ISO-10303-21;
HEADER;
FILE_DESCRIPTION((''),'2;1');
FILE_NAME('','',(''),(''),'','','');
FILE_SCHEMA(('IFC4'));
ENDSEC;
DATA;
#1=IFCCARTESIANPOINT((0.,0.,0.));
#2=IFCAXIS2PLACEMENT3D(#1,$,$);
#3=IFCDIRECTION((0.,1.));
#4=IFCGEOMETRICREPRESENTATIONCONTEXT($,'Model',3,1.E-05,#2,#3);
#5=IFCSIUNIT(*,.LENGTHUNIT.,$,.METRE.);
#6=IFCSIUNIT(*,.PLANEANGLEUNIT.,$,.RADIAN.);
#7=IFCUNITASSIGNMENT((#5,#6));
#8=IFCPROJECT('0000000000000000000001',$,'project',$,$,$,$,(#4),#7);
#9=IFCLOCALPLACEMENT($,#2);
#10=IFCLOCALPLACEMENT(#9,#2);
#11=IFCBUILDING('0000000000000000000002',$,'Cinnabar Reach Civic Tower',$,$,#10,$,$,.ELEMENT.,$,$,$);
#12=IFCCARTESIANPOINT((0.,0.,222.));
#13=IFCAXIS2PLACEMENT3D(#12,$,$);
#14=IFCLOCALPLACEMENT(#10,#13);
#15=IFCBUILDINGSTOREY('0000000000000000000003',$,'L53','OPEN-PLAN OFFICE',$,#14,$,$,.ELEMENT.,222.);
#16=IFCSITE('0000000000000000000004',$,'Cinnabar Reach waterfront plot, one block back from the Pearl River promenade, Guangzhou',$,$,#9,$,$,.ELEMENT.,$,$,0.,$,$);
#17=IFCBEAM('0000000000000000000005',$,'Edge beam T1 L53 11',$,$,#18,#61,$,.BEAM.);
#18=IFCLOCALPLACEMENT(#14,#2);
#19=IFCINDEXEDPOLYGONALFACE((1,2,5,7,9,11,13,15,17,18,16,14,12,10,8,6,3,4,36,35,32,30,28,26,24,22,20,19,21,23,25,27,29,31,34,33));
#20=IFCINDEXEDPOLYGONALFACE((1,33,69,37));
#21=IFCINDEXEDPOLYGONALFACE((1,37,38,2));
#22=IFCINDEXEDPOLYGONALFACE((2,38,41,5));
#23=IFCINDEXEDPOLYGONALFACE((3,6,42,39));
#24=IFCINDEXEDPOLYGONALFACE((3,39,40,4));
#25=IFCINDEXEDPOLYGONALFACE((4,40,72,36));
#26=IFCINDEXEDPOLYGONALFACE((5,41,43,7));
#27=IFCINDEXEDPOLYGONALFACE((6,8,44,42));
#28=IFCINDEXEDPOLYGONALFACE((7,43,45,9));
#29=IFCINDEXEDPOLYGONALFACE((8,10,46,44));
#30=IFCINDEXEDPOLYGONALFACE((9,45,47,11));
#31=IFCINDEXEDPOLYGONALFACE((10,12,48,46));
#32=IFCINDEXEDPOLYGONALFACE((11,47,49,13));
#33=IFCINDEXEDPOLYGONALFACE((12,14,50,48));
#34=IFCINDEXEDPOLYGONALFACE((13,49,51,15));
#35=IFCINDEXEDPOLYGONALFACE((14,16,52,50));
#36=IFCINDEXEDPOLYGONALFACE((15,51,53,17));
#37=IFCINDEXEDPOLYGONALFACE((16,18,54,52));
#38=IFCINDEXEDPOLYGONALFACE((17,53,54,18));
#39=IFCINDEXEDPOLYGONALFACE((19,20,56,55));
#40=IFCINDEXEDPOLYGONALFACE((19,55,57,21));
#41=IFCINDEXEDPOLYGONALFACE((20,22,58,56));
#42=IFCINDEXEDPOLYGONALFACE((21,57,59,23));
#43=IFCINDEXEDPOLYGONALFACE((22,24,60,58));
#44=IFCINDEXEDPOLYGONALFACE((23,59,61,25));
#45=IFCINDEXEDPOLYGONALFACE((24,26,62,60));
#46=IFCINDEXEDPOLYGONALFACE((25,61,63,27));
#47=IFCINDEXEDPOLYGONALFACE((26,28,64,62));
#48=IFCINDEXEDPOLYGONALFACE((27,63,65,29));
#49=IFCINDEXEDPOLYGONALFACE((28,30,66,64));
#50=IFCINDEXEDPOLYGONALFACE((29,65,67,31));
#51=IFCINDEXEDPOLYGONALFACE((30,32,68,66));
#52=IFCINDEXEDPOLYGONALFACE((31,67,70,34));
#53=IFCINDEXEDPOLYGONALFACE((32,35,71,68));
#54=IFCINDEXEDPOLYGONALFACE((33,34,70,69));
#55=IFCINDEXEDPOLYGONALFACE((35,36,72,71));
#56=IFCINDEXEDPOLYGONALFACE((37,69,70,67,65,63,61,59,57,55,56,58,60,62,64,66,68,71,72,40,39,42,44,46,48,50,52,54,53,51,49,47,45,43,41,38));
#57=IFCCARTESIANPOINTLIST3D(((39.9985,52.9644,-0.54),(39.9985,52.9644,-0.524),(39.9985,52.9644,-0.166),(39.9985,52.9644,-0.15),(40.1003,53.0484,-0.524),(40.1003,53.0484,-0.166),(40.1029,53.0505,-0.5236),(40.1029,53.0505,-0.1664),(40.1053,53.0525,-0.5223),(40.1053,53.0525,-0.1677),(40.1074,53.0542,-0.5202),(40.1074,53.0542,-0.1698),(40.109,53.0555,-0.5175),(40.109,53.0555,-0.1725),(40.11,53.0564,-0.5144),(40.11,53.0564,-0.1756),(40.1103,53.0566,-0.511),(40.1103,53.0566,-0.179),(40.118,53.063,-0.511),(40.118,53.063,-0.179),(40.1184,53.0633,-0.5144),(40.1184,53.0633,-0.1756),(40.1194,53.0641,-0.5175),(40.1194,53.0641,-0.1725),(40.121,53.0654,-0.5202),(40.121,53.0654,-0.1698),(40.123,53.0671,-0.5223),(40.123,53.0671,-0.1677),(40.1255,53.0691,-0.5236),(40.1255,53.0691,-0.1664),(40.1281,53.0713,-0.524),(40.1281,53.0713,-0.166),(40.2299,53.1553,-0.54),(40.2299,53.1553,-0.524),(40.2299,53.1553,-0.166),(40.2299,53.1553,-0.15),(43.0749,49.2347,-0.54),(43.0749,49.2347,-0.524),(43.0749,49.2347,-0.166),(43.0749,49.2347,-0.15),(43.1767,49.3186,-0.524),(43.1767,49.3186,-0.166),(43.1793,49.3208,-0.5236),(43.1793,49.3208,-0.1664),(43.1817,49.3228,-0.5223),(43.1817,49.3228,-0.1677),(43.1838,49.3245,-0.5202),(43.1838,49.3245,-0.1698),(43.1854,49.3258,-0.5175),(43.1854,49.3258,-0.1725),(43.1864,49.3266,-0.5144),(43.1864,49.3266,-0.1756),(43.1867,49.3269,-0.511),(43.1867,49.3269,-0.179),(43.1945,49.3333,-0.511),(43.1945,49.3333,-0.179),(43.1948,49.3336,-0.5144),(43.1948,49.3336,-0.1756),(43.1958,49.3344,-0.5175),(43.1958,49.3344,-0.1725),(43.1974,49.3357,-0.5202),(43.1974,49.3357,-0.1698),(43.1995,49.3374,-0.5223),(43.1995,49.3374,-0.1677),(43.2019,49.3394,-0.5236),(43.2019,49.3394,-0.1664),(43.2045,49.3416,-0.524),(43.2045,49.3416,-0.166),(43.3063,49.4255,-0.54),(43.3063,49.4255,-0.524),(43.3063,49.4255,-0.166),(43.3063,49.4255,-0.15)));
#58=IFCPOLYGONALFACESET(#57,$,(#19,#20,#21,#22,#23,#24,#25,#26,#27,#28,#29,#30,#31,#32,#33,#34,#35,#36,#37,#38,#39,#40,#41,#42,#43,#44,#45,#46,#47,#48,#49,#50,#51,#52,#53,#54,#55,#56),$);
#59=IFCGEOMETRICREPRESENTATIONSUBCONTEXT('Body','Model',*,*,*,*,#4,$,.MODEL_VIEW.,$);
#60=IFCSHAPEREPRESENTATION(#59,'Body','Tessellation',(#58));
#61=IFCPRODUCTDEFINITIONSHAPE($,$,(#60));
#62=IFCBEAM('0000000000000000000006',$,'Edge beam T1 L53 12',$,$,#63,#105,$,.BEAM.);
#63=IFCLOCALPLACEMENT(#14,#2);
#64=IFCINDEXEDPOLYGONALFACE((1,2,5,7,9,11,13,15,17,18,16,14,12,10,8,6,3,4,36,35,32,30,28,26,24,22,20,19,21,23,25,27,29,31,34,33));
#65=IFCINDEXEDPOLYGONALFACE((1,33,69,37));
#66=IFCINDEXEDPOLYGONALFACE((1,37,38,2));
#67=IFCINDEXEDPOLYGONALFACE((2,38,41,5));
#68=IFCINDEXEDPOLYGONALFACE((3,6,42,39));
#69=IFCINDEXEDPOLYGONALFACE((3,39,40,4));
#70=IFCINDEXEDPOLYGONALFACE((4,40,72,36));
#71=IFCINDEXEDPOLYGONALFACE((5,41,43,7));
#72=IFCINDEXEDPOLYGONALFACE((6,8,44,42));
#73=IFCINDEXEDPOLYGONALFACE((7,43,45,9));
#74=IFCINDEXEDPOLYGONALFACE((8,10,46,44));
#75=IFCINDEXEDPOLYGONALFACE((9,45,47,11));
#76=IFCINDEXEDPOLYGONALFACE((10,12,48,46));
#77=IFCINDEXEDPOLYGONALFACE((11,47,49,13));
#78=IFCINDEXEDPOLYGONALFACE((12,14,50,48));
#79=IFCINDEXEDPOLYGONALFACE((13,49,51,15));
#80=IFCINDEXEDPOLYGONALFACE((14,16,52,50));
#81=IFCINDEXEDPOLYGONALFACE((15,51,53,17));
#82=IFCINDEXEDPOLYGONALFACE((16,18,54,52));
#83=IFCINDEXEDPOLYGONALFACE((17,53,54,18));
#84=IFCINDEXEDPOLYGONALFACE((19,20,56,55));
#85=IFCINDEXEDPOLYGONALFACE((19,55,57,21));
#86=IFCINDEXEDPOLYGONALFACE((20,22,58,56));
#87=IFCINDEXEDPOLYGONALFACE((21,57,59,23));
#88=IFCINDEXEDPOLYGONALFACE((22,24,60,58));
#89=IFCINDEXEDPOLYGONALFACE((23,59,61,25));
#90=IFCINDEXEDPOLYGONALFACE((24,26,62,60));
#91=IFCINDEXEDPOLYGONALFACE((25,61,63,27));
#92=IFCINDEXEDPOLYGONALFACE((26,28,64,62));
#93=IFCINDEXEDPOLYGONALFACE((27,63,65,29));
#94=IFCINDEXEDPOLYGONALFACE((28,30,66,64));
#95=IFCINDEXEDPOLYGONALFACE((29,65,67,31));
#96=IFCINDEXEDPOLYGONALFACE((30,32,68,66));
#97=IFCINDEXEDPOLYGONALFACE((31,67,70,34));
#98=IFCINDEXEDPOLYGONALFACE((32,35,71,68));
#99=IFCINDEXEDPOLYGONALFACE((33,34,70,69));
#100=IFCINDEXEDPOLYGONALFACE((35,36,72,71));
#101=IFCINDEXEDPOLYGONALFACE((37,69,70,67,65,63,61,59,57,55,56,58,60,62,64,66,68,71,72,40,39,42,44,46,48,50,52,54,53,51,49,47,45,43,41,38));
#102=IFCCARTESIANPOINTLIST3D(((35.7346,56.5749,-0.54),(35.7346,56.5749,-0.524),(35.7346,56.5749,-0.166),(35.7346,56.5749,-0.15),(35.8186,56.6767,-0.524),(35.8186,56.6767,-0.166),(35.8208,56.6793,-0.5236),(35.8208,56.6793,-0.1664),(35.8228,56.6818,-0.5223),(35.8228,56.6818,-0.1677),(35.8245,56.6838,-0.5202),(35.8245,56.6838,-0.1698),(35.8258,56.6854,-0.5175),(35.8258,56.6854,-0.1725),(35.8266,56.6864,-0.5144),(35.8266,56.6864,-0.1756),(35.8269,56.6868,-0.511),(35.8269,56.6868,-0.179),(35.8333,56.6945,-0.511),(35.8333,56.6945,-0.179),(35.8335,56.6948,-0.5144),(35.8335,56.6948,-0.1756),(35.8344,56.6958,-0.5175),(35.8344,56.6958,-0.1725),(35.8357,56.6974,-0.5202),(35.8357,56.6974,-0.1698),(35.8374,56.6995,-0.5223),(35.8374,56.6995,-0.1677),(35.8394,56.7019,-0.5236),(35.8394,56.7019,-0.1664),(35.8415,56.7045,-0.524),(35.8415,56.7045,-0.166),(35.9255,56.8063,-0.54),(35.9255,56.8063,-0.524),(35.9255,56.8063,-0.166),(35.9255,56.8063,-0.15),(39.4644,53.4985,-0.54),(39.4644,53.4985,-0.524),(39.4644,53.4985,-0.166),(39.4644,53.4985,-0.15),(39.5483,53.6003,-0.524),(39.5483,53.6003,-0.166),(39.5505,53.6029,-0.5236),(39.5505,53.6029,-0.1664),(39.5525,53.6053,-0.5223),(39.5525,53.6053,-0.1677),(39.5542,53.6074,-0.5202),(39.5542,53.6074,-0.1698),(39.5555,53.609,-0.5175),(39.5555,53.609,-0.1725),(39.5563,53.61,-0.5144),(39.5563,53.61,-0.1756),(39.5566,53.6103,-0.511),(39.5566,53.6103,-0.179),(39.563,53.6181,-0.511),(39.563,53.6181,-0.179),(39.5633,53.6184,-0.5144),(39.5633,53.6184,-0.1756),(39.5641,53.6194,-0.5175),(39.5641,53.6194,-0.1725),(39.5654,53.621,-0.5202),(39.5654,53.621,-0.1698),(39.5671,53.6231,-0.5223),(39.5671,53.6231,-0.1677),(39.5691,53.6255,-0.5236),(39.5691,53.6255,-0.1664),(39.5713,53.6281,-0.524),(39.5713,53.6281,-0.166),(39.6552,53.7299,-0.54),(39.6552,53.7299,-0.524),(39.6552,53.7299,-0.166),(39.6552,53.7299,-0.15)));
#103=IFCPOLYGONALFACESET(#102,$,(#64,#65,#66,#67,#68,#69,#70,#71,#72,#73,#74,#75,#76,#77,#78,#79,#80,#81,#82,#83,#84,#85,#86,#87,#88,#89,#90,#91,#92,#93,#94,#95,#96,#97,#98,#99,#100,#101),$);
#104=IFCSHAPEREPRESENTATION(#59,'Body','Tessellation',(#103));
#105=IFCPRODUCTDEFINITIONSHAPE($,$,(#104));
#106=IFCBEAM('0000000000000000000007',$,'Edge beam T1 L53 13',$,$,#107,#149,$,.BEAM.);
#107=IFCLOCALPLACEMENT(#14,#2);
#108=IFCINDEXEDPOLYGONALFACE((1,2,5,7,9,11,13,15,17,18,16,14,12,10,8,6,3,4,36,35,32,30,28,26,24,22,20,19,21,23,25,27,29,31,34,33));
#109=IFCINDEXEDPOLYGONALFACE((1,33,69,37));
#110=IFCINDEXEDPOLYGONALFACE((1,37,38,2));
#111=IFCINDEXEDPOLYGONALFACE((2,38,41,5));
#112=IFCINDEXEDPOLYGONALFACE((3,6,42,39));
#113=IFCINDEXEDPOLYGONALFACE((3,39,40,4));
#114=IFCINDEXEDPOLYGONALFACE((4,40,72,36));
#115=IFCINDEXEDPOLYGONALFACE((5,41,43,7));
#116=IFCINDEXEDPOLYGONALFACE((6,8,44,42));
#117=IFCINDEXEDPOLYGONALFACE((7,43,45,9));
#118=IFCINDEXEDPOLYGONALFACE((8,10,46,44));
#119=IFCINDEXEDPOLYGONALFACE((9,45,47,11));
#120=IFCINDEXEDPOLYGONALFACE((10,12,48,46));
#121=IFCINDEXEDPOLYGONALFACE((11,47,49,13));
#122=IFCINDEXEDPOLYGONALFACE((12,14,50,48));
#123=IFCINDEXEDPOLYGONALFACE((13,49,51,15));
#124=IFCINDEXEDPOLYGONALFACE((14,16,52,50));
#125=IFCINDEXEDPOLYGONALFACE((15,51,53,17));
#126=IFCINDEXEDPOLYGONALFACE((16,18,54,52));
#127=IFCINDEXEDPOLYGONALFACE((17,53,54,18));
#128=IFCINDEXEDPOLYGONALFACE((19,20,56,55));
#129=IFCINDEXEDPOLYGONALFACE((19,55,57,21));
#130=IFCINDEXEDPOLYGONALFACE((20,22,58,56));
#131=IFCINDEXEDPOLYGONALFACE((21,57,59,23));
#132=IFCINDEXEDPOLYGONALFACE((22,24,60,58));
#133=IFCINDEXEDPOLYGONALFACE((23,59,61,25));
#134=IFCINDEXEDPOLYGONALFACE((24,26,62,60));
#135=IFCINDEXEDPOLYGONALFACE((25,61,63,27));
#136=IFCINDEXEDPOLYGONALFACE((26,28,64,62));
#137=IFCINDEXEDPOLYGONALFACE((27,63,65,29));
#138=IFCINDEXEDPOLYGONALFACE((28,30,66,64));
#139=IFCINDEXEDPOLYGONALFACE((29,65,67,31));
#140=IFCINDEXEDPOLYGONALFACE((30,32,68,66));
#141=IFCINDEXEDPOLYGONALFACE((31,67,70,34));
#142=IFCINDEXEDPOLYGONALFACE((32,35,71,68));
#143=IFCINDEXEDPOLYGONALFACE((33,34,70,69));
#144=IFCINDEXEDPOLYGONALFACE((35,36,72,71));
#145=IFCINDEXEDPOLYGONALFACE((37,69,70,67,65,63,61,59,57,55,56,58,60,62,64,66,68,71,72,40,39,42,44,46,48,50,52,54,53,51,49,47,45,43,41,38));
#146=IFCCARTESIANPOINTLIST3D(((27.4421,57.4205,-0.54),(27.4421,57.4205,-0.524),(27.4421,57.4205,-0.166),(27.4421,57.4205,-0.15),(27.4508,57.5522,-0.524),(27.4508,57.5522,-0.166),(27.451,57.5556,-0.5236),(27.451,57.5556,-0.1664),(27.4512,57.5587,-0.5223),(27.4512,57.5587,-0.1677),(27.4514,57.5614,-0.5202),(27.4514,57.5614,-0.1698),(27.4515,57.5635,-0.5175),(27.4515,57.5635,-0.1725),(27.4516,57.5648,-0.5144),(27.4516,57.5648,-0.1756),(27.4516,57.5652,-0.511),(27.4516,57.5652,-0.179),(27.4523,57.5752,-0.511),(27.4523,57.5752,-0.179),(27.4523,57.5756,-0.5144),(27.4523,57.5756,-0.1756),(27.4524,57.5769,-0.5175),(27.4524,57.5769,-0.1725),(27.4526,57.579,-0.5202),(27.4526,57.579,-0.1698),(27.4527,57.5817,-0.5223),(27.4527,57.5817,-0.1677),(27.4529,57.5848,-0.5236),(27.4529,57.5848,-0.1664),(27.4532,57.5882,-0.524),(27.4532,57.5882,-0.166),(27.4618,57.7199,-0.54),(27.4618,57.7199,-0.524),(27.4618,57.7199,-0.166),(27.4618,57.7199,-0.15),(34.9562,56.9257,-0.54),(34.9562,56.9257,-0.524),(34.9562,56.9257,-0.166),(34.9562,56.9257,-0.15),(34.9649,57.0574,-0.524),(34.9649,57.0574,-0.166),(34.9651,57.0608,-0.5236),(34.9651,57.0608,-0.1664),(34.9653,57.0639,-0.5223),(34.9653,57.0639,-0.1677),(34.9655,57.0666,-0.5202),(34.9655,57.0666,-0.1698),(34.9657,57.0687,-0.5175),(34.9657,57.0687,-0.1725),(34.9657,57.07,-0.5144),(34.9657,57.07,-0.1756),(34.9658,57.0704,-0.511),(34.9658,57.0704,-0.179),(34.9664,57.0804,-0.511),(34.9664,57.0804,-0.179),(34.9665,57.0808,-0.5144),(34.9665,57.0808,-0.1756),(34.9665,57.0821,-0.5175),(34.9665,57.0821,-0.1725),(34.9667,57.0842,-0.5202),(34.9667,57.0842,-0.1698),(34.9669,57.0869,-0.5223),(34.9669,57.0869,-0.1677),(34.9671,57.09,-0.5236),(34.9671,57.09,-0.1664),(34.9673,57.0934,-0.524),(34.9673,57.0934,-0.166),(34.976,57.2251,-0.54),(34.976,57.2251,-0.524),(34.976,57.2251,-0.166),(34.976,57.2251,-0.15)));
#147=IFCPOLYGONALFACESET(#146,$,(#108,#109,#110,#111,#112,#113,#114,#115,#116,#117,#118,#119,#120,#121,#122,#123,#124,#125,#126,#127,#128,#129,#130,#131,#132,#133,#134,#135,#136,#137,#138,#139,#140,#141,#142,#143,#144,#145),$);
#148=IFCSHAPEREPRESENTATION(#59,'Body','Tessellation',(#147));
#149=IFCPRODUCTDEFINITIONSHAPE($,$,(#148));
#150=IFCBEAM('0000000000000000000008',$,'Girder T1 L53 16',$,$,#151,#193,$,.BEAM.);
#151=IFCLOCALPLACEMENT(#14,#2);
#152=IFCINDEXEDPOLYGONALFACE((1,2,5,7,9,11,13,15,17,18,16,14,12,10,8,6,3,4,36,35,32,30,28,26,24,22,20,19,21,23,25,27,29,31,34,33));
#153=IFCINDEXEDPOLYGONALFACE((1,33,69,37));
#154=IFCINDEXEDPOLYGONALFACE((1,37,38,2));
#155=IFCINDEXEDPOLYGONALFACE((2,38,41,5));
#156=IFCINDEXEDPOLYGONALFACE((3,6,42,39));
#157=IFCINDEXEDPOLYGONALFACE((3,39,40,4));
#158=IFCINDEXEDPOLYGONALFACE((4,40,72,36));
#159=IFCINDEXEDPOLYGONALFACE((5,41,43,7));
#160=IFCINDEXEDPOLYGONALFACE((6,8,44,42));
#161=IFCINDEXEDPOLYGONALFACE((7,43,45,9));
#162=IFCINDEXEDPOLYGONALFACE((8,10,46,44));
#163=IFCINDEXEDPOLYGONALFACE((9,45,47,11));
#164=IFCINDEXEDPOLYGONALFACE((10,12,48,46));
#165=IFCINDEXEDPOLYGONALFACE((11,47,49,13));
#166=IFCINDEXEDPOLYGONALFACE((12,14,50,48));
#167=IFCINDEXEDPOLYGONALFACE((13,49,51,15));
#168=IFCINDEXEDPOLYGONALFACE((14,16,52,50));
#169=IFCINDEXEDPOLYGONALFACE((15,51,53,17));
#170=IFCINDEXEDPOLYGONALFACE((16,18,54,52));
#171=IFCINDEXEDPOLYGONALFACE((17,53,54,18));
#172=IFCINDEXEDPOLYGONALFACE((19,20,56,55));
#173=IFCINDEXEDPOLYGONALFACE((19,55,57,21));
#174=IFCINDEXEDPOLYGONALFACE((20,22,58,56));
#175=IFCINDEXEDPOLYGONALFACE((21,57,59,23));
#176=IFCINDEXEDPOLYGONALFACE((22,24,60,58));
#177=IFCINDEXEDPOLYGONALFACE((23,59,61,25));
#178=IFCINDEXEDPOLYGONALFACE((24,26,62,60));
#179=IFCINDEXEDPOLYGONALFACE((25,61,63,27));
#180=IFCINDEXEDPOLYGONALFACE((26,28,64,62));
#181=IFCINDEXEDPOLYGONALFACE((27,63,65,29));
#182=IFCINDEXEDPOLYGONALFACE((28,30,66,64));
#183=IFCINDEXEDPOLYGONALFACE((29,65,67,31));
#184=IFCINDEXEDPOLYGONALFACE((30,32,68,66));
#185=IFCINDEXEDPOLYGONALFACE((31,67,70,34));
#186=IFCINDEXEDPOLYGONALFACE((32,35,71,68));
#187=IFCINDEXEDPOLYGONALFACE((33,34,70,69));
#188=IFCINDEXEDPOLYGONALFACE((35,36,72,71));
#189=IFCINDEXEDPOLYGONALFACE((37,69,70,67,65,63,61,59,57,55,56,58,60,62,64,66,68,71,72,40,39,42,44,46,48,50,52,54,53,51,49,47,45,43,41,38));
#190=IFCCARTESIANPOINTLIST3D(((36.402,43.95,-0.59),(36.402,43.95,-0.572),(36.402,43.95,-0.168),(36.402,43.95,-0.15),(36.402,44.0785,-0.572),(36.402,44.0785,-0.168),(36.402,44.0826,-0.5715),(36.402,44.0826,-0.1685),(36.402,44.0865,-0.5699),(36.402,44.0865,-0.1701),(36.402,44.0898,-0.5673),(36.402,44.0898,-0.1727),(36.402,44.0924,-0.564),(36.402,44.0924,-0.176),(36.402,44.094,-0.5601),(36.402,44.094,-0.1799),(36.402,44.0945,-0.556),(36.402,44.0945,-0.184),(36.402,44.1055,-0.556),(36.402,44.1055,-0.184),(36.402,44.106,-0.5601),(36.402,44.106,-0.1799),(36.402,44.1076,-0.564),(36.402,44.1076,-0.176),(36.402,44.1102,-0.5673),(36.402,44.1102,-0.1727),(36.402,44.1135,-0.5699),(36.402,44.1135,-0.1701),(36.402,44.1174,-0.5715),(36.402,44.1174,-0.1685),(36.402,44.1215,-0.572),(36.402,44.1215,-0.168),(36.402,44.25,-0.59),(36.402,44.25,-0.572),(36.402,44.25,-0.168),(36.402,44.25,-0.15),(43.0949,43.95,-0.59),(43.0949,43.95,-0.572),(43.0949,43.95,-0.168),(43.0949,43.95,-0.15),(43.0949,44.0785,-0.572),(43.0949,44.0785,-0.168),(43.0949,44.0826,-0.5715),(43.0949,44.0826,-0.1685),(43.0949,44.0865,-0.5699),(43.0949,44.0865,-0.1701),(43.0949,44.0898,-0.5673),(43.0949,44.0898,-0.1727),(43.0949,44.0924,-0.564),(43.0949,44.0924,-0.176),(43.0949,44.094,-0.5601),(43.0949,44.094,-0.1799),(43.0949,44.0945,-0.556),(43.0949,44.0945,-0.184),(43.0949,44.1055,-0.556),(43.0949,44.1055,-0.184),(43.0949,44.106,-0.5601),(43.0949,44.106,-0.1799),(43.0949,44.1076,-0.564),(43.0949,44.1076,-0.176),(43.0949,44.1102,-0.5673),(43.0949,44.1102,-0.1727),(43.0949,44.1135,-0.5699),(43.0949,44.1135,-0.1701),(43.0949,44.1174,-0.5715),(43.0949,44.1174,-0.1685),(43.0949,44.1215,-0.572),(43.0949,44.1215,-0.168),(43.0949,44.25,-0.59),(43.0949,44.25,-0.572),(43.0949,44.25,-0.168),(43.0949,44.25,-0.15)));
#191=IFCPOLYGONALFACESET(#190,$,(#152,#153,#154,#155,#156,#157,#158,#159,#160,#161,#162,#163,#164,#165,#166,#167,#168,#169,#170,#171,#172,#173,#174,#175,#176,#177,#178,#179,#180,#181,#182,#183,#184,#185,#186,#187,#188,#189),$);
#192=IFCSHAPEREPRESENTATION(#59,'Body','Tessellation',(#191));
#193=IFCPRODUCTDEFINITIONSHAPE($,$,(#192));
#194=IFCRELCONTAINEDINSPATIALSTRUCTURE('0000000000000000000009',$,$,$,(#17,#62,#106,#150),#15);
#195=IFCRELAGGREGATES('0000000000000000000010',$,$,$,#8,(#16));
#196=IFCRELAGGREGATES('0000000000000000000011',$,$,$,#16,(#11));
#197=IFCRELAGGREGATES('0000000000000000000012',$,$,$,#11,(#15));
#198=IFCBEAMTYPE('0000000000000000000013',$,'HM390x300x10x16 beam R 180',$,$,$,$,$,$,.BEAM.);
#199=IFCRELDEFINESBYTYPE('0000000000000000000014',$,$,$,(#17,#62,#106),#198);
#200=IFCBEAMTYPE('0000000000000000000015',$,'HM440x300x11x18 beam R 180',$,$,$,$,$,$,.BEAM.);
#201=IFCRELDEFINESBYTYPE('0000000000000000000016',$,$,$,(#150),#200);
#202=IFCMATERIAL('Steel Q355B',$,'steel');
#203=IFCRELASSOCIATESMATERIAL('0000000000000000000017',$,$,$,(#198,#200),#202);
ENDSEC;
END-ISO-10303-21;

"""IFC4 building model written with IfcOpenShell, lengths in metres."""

from ifc_helpers import new_model, si_unit, direction, frame, origin, origin_2d, place, context, subcontext, project, spatial, i_section, extrude, material, material_profile, profile_set, type_object, element, save


model = new_model("IFC4")

# Units and contexts
model_context = context("Model", 3, precision=1e-05, world=origin(), true_north=direction((0.0, 1.0)))
body_context = subcontext(model_context, "Body", "Model", "MODEL_VIEW")
ifc_project = project(units=[si_unit("LENGTHUNIT", "METRE"), si_unit("PLANEANGLEUNIT", "RADIAN")], contexts=[model_context])

# Site, building, storey
site_placement = place(None, origin())
site = spatial("IfcSite", under=ifc_project, at=site_placement, Name="Cinnabar Reach waterfront plot, one block back from the Pearl River promenade, Guangzhou", CompositionType="ELEMENT", RefElevation=0.0)
building_placement = place(site_placement, origin())
building = spatial("IfcBuilding", under=site, at=building_placement, Name="Cinnabar Reach Civic Tower", CompositionType="ELEMENT")
storey_placement = place(building_placement, frame((0.0, 0.0, 222.0)))
storey = spatial("IfcBuildingStorey", under=building, at=storey_placement, Name="L53", Description="OPEN-PLAN OFFICE", CompositionType="ELEMENT", Elevation=222.0)

# Beams
ifc_material_1 = material(Name="Steel Q355B", Category="steel")
ifc_material_profile_1 = material_profile(ifc_material_1, i_section(OverallWidth=0.3, OverallDepth=0.39, WebThickness=0.01, FlangeThickness=0.016, FilletRadius=0.013, at=origin_2d()), Name="HM390x300x10x16")
ifc_profile_set_1 = profile_set([ifc_material_profile_1], Name="Steel Q355B")
beam_type_1 = type_object("IfcBeamType", Name="HM390x300x10x16 beam R 180", PredefinedType="BEAM", material=ifc_profile_set_1)
for number, where, z_axis, x_axis, name in (
    (1, (43.1906, 49.3301, -0.345), (-0.636309, 0.771434, 0.0), (-0.771434, -0.636309, 0.0), "Edge beam T1 L53 11"),
    (2, (39.5598, 53.6142, -0.345), (-0.771434, 0.636309, 0.0), (-0.636309, -0.771434, 0.0), "Edge beam T1 L53 12"),
):
    element("IfcBeam", number, at=place(storey_placement, frame(where, z_axis=z_axis, x_axis=x_axis)), inside=storey, type_object=beam_type_1, Name=name, PredefinedType="BEAM", context=body_context, shape_type="SweptSolid", body=[
        extrude(i_section(OverallWidth=0.3, OverallDepth=0.39, WebThickness=0.01, FlangeThickness=0.016, FilletRadius=0.013, at=origin_2d()), origin(), (0.0, 0.0, 1.0), 4.8348),
    ])
beam_1_placement = place(storey_placement, frame((34.9661, 57.0754, -0.345), z_axis=(-0.997839, 0.065707, 0.0), x_axis=(-0.065707, -0.997839, 0.0)))
element("IfcBeam", 3, at=beam_1_placement, inside=storey, type_object=beam_type_1, Name="Edge beam T1 L53 13", PredefinedType="BEAM", context=body_context, shape_type="SweptSolid", body=[
    extrude(i_section(OverallWidth=0.3, OverallDepth=0.39, WebThickness=0.01, FlangeThickness=0.016, FilletRadius=0.013, at=origin_2d()), origin(), (0.0, 0.0, 1.0), 7.5304),
])
ifc_material_profile_2 = material_profile(ifc_material_1, i_section(OverallWidth=0.3, OverallDepth=0.44, WebThickness=0.011, FlangeThickness=0.018, FilletRadius=0.016, at=origin_2d()), Name="HM440x300x11x18")
ifc_profile_set_2 = profile_set([ifc_material_profile_2], Name="Steel Q355B")
beam_type_2 = type_object("IfcBeamType", Name="HM440x300x11x18 beam R 180", PredefinedType="BEAM", material=ifc_profile_set_2)
beam_2_placement = place(storey_placement, frame((36.402, 44.1, -0.37), z_axis=(1.0, 0.0, 0.0), x_axis=(0.0, 1.0, 0.0)))
element("IfcBeam", 4, at=beam_2_placement, inside=storey, type_object=beam_type_2, Name="Girder T1 L53 16", PredefinedType="BEAM", context=body_context, shape_type="SweptSolid", body=[
    extrude(i_section(OverallWidth=0.3, OverallDepth=0.44, WebThickness=0.011, FlangeThickness=0.018, FilletRadius=0.016, at=origin_2d()), origin(), (0.0, 0.0, 1.0), 6.6929),
])

save(model, "model.ifc")
